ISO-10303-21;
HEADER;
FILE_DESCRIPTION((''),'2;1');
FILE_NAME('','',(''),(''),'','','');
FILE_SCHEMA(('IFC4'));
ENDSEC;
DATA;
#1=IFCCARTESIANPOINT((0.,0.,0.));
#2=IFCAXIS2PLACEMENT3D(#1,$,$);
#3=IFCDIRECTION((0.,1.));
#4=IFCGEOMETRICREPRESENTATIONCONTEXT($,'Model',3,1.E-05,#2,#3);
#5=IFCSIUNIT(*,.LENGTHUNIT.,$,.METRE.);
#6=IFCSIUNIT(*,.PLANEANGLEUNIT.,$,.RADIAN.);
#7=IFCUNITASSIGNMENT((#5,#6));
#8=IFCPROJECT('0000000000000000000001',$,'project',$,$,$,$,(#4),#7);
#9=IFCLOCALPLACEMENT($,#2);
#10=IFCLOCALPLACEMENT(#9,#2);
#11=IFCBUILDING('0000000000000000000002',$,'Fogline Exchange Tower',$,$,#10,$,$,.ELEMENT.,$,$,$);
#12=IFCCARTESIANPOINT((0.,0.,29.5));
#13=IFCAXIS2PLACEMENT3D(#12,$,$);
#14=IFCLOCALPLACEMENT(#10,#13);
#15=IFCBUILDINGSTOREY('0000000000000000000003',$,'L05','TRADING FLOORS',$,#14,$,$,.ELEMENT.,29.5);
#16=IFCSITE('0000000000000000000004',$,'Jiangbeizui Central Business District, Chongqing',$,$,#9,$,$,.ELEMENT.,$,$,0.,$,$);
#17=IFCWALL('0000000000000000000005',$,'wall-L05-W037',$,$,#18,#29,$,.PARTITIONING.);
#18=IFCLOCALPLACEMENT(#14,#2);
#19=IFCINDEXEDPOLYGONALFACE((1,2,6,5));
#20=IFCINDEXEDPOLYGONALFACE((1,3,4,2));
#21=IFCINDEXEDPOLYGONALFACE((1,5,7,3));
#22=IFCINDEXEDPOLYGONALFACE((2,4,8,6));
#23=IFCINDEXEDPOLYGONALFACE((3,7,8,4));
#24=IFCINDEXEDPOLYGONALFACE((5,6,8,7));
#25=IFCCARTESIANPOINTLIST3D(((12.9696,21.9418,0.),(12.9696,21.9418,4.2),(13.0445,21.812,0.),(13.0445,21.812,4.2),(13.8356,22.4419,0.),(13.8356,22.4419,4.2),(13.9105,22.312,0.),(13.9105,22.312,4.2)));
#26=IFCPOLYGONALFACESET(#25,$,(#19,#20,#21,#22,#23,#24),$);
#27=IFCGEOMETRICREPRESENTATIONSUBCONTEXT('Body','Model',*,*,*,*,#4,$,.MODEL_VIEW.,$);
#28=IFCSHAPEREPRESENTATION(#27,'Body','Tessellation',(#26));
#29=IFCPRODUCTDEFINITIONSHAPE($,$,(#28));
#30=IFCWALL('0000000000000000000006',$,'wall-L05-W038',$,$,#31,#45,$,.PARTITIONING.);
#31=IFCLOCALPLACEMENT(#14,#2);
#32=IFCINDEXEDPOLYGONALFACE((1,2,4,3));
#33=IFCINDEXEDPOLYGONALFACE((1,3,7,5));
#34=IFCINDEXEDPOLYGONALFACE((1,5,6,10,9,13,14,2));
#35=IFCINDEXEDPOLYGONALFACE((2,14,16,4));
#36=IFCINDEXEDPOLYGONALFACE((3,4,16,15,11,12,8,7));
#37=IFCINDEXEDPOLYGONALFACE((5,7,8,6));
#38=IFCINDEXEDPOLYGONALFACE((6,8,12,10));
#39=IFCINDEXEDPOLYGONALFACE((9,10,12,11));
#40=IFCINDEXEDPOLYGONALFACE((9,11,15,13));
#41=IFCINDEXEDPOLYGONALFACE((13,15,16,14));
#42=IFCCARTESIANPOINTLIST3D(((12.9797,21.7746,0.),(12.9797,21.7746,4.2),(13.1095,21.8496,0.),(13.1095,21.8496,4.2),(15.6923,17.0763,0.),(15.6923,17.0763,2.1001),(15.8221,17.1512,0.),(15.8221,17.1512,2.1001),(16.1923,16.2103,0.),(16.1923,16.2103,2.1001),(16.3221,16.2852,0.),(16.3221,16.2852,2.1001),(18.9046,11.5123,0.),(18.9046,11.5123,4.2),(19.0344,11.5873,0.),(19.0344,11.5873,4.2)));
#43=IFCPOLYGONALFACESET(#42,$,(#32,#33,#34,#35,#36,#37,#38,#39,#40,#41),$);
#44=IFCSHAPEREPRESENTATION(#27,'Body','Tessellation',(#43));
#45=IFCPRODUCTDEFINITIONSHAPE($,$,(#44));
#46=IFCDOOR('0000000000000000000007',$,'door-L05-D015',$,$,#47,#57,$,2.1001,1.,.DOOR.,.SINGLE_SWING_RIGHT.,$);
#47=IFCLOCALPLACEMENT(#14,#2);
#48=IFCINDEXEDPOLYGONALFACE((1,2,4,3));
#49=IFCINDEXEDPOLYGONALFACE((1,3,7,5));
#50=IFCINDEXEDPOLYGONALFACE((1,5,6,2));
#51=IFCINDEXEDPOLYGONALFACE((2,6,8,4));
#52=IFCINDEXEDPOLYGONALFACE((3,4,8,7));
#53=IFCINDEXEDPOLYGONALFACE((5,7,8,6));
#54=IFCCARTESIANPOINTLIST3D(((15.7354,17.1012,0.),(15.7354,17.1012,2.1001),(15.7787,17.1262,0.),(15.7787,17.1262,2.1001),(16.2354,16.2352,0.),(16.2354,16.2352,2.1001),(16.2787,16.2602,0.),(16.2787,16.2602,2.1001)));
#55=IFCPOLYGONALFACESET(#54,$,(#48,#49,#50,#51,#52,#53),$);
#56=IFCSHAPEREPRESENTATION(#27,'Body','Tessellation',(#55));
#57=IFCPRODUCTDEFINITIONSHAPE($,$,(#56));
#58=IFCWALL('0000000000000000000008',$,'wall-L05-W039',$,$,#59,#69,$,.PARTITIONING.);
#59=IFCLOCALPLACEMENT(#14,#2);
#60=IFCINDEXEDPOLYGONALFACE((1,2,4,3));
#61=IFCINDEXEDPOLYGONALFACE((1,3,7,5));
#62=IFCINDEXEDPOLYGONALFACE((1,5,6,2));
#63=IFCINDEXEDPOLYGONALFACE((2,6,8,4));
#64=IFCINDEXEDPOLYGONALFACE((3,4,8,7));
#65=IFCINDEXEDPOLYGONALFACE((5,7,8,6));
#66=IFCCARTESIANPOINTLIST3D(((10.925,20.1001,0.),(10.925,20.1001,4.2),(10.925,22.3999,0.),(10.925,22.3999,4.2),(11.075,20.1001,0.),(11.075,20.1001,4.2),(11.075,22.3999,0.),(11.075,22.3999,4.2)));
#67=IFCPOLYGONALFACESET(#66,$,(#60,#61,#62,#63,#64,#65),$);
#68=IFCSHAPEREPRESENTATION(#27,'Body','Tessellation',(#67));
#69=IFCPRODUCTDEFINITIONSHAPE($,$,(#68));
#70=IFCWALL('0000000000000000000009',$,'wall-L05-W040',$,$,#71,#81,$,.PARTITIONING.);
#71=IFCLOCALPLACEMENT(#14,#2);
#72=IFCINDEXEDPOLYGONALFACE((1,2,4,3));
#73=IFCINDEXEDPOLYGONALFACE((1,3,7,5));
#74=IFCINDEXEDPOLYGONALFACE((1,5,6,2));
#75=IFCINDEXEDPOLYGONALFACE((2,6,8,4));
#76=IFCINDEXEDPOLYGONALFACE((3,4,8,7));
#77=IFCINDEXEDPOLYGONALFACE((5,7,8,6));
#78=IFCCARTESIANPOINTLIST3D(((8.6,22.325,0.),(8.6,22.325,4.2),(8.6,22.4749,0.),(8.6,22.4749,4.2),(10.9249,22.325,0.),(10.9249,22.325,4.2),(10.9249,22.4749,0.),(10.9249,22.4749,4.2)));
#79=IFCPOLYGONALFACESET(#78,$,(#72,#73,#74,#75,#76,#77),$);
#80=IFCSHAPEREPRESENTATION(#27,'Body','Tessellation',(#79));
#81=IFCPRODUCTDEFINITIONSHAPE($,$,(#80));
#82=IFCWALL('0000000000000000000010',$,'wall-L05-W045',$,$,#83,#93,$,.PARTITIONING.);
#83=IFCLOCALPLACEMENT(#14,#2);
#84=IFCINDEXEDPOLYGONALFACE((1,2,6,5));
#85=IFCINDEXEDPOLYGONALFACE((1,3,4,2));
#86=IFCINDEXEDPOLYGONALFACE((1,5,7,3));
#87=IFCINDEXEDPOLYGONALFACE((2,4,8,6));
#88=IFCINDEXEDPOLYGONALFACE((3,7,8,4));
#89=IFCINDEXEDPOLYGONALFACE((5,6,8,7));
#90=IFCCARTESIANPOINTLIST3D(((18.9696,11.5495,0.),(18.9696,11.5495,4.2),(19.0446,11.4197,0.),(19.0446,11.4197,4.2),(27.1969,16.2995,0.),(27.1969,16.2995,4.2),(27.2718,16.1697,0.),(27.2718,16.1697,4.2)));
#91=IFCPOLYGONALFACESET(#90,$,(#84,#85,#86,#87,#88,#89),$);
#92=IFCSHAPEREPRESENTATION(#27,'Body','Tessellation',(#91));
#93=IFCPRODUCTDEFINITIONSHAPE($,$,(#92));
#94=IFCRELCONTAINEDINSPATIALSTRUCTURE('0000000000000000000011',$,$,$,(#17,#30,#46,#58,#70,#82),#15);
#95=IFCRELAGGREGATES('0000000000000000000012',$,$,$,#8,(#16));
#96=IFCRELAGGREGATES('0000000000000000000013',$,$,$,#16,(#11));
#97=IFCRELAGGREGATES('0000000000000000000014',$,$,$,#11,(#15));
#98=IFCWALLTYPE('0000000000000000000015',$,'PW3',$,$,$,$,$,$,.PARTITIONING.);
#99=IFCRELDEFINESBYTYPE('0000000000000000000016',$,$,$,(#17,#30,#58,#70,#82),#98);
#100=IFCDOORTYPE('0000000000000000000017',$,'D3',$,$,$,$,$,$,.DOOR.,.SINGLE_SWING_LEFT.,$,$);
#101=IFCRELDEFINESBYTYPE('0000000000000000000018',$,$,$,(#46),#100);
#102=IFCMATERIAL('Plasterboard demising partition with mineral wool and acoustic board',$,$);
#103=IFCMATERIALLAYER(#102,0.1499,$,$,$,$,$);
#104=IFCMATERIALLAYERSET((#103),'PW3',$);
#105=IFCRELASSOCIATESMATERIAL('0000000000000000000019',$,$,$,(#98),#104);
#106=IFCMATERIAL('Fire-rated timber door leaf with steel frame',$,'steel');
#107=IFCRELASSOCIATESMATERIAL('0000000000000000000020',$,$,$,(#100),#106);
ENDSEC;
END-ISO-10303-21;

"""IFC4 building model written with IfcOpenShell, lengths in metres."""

from ifc_helpers import new_model, si_unit, direction, frame, frame_2d, origin, place, context, subcontext, project, spatial, rectangle, extrude, material, layer, layer_set, type_object, element, fill, save


model = new_model("IFC4")

# Units and contexts
model_context = context("Model", 3, precision=1e-05, world=origin(), true_north=direction((0.0, 1.0)))
body_context = subcontext(model_context, "Body", "Model", "MODEL_VIEW")
ifc_project = project(units=[si_unit("LENGTHUNIT", "METRE"), si_unit("PLANEANGLEUNIT", "RADIAN")], contexts=[model_context])

# Site, building, storey
site_placement = place(None, origin())
site = spatial("IfcSite", under=ifc_project, at=site_placement, Name="Jiangbeizui Central Business District, Chongqing", CompositionType="ELEMENT", RefElevation=0.0)
building_placement = place(site_placement, origin())
building = spatial("IfcBuilding", under=site, at=building_placement, Name="Fogline Exchange Tower", CompositionType="ELEMENT")
storey_placement = place(building_placement, frame((0.0, 0.0, 29.5)))
storey = spatial("IfcBuildingStorey", under=building, at=storey_placement, Name="L05", Description="TRADING FLOORS", CompositionType="ELEMENT", Elevation=29.5)

# Shared definitions
ifc_material_1 = material(Name="Plasterboard demising partition with mineral wool and acoustic board")
ifc_layer_1 = layer(ifc_material_1, 0.1499)
ifc_layer_set_1 = layer_set([ifc_layer_1], Name="PW3")
wall_type_1 = type_object("IfcWallType", Name="PW3", PredefinedType="PARTITIONING", material=ifc_layer_set_1)
ifc_material_2 = material(Name="Fire-rated timber door leaf with steel frame", Category="steel")
door_type_1 = type_object("IfcDoorType", Name="D3", OperationType="SINGLE_SWING_LEFT", PredefinedType="DOOR", material=ifc_material_2)

# Wall
wall_1_placement = place(storey_placement, frame((13.873, 22.377, 0.0), z_axis=(0.0, 0.0, 1.0), x_axis=(-0.866011, -0.500025, 0.0)))
element("IfcWall", 1, at=wall_1_placement, inside=storey, type_object=wall_type_1, Name="wall-L05-W037", PredefinedType="PARTITIONING", context=body_context, shape_type="SweptSolid", body=[
    extrude(rectangle(XDim=1.0, YDim=0.1499, at=frame_2d((0.5, 0.0))), origin(), (0.0, 0.0, 1.0), 4.2),
])

# Wall, opening, door
wall_2_placement = place(storey_placement, frame((13.0447, 21.812, 0.0), z_axis=(0.0, 0.0, 1.0), x_axis=(0.499995, -0.866028, 0.0)))
wall_2 = element("IfcWall", 2, at=wall_2_placement, inside=storey, type_object=wall_type_1, Name="wall-L05-W038", PredefinedType="PARTITIONING", context=body_context, shape_type="SweptSolid", body=[
    extrude(rectangle(XDim=11.8499, YDim=0.1499, at=frame_2d((5.9248, 0.0))), origin(), (0.0, 0.0, 1.0), 4.2),
])
opening_1_placement = place(wall_2_placement, frame((5.425, 0.0, 0.0)))
opening_1 = element("IfcOpeningElement", 3, at=opening_1_placement, cuts=wall_2, PredefinedType="OPENING", context=body_context, shape_type="SweptSolid", body=[
    extrude(rectangle(XDim=1.0, YDim=2.1001, at=frame_2d((0.5, 1.05))), frame((0.0, 0.085, 0.0), z_axis=(0.0, -1.0, 0.0), x_axis=(1.0, 0.0, 0.0)), (0.0, 0.0, 1.0), 0.1699),
])
door_1_placement = place(opening_1_placement, origin())
door_1 = element("IfcDoor", 4, at=door_1_placement, inside=storey, type_object=door_type_1, Name="door-L05-D015", OperationType="SINGLE_SWING_RIGHT", OverallHeight=2.1001, OverallWidth=1.0, PredefinedType="DOOR", context=body_context, shape_type="SweptSolid", body=[
    extrude(rectangle(XDim=1.0, YDim=2.1001, at=frame_2d((0.5, 1.05))), frame((0.0, 0.0249, 0.0), z_axis=(0.0, -1.0, 0.0), x_axis=(1.0, 0.0, 0.0)), (0.0, 0.0, 1.0), 0.05),
])
fill(opening_1, door_1)

# Walls
wall_3_placement = place(storey_placement, frame((11.0, 20.1001, 0.0), z_axis=(0.0, 0.0, 1.0), x_axis=(0.0, 1.0, 0.0)))
element("IfcWall", 5, at=wall_3_placement, inside=storey, type_object=wall_type_1, Name="wall-L05-W039", PredefinedType="PARTITIONING", context=body_context, shape_type="SweptSolid", body=[
    extrude(rectangle(XDim=2.2998, YDim=0.1499, at=frame_2d((1.1499, 0.0))), origin(), (0.0, 0.0, 1.0), 4.2),
])
wall_4_placement = place(storey_placement, frame((10.925, 22.3999, 0.0), z_axis=(0.0, 0.0, 1.0), x_axis=(-1.0, 0.0, 0.0)))
element("IfcWall", 6, at=wall_4_placement, inside=storey, type_object=wall_type_1, Name="wall-L05-W040", PredefinedType="PARTITIONING", context=body_context, shape_type="SweptSolid", body=[
    extrude(rectangle(XDim=2.325, YDim=0.1499, at=frame_2d((1.1626, 0.0))), origin(), (0.0, 0.0, 1.0), 4.2),
])
wall_5_placement = place(storey_placement, frame((19.0071, 11.4846, 0.0), z_axis=(0.0, 0.0, 1.0), x_axis=(0.866027, 0.499998, 0.0)))
element("IfcWall", 7, at=wall_5_placement, inside=storey, type_object=wall_type_1, Name="wall-L05-W045", PredefinedType="PARTITIONING", context=body_context, shape_type="SweptSolid", body=[
    extrude(rectangle(XDim=9.5, YDim=0.1499, at=frame_2d((4.75, 0.0))), origin(), (0.0, 0.0, 1.0), 4.2),
])

save(model, "model.ifc")
